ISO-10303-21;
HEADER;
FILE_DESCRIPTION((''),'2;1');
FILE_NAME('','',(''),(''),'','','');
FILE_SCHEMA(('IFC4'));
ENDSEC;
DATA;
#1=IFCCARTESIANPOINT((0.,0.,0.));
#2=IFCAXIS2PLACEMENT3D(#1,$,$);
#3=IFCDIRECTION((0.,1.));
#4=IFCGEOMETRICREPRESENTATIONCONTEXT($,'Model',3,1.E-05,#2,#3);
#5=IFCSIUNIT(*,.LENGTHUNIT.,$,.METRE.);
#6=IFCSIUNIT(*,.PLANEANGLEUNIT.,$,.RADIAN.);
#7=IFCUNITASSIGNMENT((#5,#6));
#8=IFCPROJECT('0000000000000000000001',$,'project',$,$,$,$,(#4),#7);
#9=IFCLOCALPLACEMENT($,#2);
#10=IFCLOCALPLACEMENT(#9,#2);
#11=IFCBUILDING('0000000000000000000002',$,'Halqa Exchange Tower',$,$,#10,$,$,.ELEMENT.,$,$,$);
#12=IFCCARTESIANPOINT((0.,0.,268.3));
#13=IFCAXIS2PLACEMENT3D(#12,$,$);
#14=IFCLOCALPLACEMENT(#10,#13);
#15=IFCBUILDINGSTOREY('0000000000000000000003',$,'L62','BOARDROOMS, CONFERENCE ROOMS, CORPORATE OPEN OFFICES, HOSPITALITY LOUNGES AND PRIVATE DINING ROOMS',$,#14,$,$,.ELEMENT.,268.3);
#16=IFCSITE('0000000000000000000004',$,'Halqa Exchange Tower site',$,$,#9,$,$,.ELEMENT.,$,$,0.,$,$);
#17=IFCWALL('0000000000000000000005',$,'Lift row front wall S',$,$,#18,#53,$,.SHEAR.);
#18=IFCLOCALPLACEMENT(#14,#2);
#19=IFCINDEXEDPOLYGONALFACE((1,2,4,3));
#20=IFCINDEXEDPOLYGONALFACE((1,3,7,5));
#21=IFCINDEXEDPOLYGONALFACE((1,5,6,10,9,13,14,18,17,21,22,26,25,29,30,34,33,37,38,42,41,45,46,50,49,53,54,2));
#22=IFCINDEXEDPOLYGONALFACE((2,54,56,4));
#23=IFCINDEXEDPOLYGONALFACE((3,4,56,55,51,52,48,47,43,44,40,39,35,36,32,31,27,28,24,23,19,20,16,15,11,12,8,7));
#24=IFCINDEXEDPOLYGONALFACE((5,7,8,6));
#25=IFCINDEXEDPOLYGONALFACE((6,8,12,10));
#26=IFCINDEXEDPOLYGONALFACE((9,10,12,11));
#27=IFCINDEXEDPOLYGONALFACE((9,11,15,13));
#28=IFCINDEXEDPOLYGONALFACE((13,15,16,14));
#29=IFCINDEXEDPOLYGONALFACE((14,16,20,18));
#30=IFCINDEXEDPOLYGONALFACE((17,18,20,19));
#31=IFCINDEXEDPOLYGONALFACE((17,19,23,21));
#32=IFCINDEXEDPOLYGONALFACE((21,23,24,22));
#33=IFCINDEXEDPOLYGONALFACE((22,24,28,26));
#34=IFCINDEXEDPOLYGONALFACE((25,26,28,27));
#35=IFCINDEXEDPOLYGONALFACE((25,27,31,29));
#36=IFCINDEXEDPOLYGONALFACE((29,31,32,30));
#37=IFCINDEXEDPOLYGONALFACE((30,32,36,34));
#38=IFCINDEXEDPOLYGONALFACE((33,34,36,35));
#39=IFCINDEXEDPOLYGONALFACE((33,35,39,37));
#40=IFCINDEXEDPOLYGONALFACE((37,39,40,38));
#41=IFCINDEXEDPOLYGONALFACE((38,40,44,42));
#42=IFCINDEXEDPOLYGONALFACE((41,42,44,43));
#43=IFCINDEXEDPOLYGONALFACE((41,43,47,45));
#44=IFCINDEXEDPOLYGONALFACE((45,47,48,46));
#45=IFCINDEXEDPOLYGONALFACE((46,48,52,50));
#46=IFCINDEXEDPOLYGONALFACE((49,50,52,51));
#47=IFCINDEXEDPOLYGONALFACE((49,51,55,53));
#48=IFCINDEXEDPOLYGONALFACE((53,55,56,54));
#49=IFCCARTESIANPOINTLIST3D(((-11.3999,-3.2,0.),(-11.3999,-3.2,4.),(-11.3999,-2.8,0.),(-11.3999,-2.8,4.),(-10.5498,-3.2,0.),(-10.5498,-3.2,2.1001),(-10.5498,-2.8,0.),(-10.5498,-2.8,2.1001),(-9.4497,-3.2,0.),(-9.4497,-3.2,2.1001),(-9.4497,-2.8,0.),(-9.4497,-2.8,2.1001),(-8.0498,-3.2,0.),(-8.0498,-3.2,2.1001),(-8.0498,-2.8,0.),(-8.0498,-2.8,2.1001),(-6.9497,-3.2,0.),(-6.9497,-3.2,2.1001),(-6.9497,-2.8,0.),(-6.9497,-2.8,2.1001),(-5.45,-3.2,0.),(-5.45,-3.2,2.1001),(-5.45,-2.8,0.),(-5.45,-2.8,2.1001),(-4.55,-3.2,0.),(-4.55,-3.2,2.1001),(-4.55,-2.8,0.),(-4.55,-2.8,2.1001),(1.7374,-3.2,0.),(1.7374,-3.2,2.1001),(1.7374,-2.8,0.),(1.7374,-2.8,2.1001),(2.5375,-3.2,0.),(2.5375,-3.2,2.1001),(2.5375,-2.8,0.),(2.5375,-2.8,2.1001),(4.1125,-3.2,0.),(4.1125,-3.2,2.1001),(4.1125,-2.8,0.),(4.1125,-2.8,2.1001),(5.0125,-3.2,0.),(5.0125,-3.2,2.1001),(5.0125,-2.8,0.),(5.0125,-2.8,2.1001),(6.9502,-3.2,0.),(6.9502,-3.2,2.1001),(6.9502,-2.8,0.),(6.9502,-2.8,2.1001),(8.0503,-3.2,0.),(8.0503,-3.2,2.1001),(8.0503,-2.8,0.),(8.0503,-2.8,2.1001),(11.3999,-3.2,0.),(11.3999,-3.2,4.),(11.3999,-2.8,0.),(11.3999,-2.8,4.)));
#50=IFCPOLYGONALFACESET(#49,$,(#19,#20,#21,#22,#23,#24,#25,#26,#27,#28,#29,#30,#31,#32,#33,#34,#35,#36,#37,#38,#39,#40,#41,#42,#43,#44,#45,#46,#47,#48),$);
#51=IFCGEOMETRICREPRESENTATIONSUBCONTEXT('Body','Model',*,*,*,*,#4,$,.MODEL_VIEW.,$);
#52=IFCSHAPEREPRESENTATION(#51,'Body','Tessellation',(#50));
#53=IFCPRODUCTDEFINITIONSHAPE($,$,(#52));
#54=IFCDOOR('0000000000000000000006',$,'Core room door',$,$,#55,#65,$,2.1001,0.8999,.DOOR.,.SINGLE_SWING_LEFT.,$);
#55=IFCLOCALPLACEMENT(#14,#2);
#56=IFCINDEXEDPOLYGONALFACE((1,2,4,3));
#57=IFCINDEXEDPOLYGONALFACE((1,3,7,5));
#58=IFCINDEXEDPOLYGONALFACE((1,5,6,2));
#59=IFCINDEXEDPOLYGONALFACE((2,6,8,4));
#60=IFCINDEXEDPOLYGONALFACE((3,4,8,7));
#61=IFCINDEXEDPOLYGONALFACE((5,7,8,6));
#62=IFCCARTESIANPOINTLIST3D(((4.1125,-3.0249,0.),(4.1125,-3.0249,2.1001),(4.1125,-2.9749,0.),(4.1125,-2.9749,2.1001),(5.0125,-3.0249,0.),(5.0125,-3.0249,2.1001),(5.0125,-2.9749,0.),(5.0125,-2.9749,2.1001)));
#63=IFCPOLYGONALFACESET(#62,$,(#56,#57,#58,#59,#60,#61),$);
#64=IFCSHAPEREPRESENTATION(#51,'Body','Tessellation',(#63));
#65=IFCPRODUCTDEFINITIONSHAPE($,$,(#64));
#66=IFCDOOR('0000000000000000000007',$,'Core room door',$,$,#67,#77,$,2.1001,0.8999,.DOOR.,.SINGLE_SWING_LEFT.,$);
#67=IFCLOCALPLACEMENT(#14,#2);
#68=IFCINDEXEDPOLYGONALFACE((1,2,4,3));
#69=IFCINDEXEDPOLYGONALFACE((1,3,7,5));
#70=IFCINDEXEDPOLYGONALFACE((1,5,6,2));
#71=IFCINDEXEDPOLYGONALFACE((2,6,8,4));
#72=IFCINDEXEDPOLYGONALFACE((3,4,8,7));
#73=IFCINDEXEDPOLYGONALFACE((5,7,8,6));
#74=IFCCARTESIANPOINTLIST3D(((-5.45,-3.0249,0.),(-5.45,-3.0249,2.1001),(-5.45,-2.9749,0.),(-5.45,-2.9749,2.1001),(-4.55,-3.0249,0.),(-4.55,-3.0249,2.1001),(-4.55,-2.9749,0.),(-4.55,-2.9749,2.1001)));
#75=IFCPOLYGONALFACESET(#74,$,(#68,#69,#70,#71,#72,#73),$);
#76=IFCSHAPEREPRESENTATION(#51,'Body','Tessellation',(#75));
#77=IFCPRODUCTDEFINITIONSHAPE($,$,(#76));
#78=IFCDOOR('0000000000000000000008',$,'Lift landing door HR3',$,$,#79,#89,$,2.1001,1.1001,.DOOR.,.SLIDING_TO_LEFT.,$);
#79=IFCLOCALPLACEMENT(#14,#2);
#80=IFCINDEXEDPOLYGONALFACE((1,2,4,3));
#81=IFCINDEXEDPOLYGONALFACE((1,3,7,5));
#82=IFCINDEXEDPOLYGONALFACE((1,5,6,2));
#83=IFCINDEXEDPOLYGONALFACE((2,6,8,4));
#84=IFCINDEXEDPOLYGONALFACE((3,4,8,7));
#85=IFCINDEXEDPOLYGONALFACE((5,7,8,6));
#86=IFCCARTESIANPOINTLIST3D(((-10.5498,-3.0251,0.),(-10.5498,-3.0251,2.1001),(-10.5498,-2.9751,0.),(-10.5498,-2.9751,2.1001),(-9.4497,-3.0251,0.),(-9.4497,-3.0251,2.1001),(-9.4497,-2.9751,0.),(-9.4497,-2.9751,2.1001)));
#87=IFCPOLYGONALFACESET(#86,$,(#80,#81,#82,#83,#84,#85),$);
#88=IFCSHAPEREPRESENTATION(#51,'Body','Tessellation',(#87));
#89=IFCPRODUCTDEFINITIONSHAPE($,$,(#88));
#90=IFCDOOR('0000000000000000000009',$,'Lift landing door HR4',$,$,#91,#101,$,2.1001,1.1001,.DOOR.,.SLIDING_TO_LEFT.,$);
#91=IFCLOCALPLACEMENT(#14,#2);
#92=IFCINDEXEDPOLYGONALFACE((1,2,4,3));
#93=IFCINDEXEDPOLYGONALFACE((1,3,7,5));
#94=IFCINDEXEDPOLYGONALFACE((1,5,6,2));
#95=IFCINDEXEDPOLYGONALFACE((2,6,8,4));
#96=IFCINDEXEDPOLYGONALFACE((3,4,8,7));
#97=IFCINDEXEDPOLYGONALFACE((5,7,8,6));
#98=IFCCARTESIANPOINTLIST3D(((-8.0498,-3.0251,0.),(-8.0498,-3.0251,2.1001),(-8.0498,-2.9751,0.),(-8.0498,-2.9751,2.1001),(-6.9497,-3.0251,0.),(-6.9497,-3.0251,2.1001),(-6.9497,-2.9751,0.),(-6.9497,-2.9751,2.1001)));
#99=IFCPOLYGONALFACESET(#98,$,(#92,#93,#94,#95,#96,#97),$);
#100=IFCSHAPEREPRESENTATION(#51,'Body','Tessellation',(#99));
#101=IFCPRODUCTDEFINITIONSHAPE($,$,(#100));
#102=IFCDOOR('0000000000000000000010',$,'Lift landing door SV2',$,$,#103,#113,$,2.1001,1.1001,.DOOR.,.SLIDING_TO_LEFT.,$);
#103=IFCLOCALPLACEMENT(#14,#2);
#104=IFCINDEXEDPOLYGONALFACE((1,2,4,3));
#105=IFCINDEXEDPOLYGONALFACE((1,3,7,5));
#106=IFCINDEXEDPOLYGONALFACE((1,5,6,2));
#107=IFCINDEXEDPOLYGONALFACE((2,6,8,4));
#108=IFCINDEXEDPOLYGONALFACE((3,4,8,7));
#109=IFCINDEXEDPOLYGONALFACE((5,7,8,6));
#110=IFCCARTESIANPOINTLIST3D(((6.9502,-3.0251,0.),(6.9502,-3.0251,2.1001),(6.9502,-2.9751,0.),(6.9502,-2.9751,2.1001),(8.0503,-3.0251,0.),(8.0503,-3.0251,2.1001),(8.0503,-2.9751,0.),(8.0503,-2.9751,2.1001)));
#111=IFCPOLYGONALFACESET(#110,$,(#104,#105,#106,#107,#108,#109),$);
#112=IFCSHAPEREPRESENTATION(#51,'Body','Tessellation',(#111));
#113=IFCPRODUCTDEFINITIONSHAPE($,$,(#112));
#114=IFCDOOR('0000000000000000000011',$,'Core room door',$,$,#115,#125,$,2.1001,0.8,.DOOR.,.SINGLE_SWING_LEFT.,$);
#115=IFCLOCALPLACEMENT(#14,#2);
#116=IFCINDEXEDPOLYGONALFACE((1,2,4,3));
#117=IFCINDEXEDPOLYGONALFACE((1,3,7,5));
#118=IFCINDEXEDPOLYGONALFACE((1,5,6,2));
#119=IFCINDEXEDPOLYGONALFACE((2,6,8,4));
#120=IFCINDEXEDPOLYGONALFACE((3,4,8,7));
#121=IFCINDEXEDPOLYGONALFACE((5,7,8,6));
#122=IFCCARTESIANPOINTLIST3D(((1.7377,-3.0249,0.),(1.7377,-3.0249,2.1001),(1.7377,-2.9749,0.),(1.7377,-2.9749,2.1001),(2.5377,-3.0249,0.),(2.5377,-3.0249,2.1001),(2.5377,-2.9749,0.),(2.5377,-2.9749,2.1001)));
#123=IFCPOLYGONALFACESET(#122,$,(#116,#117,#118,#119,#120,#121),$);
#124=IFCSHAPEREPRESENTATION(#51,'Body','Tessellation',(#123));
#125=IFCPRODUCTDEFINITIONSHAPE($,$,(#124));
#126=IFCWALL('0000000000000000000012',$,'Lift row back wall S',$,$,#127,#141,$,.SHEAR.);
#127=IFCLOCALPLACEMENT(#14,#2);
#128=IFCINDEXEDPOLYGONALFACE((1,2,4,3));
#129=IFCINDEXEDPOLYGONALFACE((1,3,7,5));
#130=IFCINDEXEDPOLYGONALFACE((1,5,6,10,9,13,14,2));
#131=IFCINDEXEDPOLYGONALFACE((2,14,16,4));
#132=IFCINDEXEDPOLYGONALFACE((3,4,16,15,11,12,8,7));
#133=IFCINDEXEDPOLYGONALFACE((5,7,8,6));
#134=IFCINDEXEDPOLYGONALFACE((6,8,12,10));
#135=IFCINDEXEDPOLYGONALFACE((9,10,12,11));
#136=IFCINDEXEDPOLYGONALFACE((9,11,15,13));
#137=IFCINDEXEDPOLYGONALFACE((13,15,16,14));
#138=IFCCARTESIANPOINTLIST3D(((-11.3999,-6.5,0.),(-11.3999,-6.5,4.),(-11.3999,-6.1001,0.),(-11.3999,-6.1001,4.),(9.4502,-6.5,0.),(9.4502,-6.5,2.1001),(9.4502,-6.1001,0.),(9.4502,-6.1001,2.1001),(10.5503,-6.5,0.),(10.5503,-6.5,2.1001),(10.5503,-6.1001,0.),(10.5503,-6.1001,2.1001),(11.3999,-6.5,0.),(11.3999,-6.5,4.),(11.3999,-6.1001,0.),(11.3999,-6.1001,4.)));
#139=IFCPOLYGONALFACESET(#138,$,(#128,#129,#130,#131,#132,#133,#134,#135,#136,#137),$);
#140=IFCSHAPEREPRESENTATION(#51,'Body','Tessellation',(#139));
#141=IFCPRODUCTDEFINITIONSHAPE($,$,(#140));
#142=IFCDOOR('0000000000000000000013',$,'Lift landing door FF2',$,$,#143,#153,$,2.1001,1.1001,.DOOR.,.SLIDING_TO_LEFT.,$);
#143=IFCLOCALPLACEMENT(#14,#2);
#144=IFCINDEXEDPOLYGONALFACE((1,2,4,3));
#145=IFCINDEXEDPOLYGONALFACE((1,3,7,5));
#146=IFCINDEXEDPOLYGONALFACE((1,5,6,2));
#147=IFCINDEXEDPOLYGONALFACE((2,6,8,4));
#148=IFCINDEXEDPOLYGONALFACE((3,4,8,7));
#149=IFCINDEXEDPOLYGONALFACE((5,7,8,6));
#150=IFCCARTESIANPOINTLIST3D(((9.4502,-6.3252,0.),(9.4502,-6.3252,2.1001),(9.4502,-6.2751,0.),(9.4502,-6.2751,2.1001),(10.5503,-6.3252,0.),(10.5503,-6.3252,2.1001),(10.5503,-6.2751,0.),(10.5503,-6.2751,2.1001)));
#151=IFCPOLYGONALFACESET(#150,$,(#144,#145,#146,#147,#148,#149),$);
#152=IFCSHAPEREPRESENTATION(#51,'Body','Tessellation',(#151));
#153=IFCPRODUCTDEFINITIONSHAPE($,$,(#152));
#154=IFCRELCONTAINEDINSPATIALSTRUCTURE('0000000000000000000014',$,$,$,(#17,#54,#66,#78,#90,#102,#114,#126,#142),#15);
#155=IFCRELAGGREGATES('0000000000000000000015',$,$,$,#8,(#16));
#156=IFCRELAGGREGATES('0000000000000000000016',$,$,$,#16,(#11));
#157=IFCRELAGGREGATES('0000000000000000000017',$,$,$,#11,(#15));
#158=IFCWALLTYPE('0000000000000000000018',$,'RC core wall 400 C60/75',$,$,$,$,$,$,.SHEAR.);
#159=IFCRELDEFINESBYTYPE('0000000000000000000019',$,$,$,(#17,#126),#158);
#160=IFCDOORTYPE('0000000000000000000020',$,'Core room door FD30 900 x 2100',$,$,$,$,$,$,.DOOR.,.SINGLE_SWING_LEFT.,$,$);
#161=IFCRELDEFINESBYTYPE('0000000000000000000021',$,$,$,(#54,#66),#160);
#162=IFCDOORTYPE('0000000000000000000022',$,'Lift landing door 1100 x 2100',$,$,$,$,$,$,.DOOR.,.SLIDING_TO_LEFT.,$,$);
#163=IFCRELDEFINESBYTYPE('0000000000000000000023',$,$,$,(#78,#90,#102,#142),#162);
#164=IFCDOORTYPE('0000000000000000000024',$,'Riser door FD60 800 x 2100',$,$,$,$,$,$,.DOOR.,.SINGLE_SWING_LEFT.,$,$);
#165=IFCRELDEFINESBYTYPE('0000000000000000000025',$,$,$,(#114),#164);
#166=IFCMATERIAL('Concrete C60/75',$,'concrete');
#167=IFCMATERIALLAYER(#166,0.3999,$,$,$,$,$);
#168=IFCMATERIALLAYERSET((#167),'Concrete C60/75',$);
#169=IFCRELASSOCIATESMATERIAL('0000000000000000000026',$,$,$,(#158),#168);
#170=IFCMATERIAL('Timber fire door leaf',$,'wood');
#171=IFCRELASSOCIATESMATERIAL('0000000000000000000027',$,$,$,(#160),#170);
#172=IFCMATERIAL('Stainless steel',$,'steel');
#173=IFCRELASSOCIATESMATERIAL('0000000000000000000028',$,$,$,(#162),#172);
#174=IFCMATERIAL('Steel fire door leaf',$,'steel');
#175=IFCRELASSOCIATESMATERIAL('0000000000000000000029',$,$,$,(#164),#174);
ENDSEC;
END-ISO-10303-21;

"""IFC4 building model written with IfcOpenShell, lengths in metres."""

from ifc_helpers import new_model, si_unit, direction, frame, frame_2d, origin, place, context, subcontext, project, spatial, rectangle, extrude, material, layer, layer_set, type_object, element, fill, save


model = new_model("IFC4")

# Units and contexts
model_context = context("Model", 3, precision=1e-05, world=origin(), true_north=direction((0.0, 1.0)))
body_context = subcontext(model_context, "Body", "Model", "MODEL_VIEW")
ifc_project = project(units=[si_unit("LENGTHUNIT", "METRE"), si_unit("PLANEANGLEUNIT", "RADIAN")], contexts=[model_context])

# Site, building, storey
site_placement = place(None, origin())
site = spatial("IfcSite", under=ifc_project, at=site_placement, Name="Halqa Exchange Tower site", CompositionType="ELEMENT", RefElevation=0.0)
building_placement = place(site_placement, origin())
building = spatial("IfcBuilding", under=site, at=building_placement, Name="Halqa Exchange Tower", CompositionType="ELEMENT")
storey_placement = place(building_placement, frame((0.0, 0.0, 268.3)))
storey = spatial("IfcBuildingStorey", under=building, at=storey_placement, Name="L62", Description="BOARDROOMS, CONFERENCE ROOMS, CORPORATE OPEN OFFICES, HOSPITALITY LOUNGES AND PRIVATE DINING ROOMS", CompositionType="ELEMENT", Elevation=268.3)

# Shared definitions
ifc_material_1 = material(Name="Concrete C60/75", Category="concrete")

# Wall, openings, doors
ifc_layer_1 = layer(ifc_material_1, 0.3999)
ifc_layer_set_1 = layer_set([ifc_layer_1], Name="Concrete C60/75")
wall_type_1 = type_object("IfcWallType", Name="RC core wall 400 C60/75", PredefinedType="SHEAR", material=ifc_layer_set_1)
wall_1_placement = place(storey_placement, frame((-11.3999, -3.0, 0.0), z_axis=(0.0, 0.0, 1.0), x_axis=(1.0, 0.0, 0.0)))
wall_1 = element("IfcWall", 1, at=wall_1_placement, inside=storey, type_object=wall_type_1, Name="Lift row front wall S", PredefinedType="SHEAR", context=body_context, shape_type="SweptSolid", body=[
    extrude(rectangle(XDim=22.7998, YDim=0.3999, at=frame_2d((11.3999, 0.0))), origin(), (0.0, 0.0, 1.0), 4.0),
])
opening_1_placement = place(wall_1_placement, frame((0.8501, 0.0, 0.0)))
opening_1 = element("IfcOpeningElement", 2, at=opening_1_placement, cuts=wall_1, PredefinedType="OPENING", context=body_context, shape_type="SweptSolid", body=[
    extrude(rectangle(XDim=1.1001, YDim=2.1001, at=frame_2d((0.55, 1.05))), frame((0.0, 0.2119, 0.0), z_axis=(0.0, -1.0, 0.0), x_axis=(1.0, 0.0, 0.0)), (0.0, 0.0, 1.0), 0.4238),
])
opening_2_placement = place(wall_1_placement, frame((3.3501, 0.0, 0.0)))
opening_2 = element("IfcOpeningElement", 3, at=opening_2_placement, cuts=wall_1, PredefinedType="OPENING", context=body_context, shape_type="SweptSolid", body=[
    extrude(rectangle(XDim=1.1001, YDim=2.1001, at=frame_2d((0.55, 1.05))), frame((0.0, 0.2119, 0.0), z_axis=(0.0, -1.0, 0.0), x_axis=(1.0, 0.0, 0.0)), (0.0, 0.0, 1.0), 0.4238),
])
opening_3_placement = place(wall_1_placement, frame((18.3501, 0.0, 0.0)))
opening_3 = element("IfcOpeningElement", 4, at=opening_3_placement, cuts=wall_1, PredefinedType="OPENING", context=body_context, shape_type="SweptSolid", body=[
    extrude(rectangle(XDim=1.1001, YDim=2.1001, at=frame_2d((0.55, 1.05))), frame((0.0, 0.2119, 0.0), z_axis=(0.0, -1.0, 0.0), x_axis=(1.0, 0.0, 0.0)), (0.0, 0.0, 1.0), 0.4238),
])
opening_4_placement = place(wall_1_placement, frame((13.1375, 0.0, 0.0)))
opening_4 = element("IfcOpeningElement", 5, at=opening_4_placement, cuts=wall_1, PredefinedType="OPENING", context=body_context, shape_type="SweptSolid", body=[
    extrude(rectangle(XDim=0.8, YDim=2.1001, at=frame_2d((0.3999, 1.05))), frame((0.0, 0.2119, 0.0), z_axis=(0.0, -1.0, 0.0), x_axis=(1.0, 0.0, 0.0)), (0.0, 0.0, 1.0), 0.4238),
])
opening_5_placement = place(wall_1_placement, frame((15.5125, 0.0, 0.0)))
opening_5 = element("IfcOpeningElement", 6, at=opening_5_placement, cuts=wall_1, PredefinedType="OPENING", context=body_context, shape_type="SweptSolid", body=[
    extrude(rectangle(XDim=0.8999, YDim=2.1001, at=frame_2d((0.45, 1.05))), frame((0.0, 0.2119, 0.0), z_axis=(0.0, -1.0, 0.0), x_axis=(1.0, 0.0, 0.0)), (0.0, 0.0, 1.0), 0.4238),
])
opening_6_placement = place(wall_1_placement, frame((5.95, 0.0, 0.0)))
opening_6 = element("IfcOpeningElement", 7, at=opening_6_placement, cuts=wall_1, PredefinedType="OPENING", context=body_context, shape_type="SweptSolid", body=[
    extrude(rectangle(XDim=0.8999, YDim=2.1001, at=frame_2d((0.45, 1.05))), frame((0.0, 0.2119, 0.0), z_axis=(0.0, -1.0, 0.0), x_axis=(1.0, 0.0, 0.0)), (0.0, 0.0, 1.0), 0.4238),
])
ifc_material_2 = material(Name="Timber fire door leaf", Category="wood")
door_type_1 = type_object("IfcDoorType", Name="Core room door FD30 900 x 2100", OperationType="SINGLE_SWING_LEFT", PredefinedType="DOOR", material=ifc_material_2)
door_1_placement = place(opening_5_placement, frame((0.8999, 0.0, 0.0), z_axis=(0.0, 0.0, 1.0), x_axis=(-1.0, 0.0, 0.0)))
door_1 = element("IfcDoor", 8, at=door_1_placement, inside=storey, type_object=door_type_1, Name="Core room door", OperationType="SINGLE_SWING_LEFT", OverallHeight=2.1001, OverallWidth=0.8999, PredefinedType="DOOR", context=body_context, shape_type="SweptSolid", body=[
    extrude(rectangle(XDim=0.8999, YDim=2.1001, at=frame_2d((0.45, 1.05))), frame((0.0, 0.0249, 0.0), z_axis=(0.0, -1.0, 0.0), x_axis=(1.0, 0.0, 0.0)), (0.0, 0.0, 1.0), 0.05),
])
fill(opening_5, door_1)
door_2_placement = place(opening_6_placement, frame((0.8999, 0.0, 0.0), z_axis=(0.0, 0.0, 1.0), x_axis=(-1.0, 0.0, 0.0)))
door_2 = element("IfcDoor", 9, at=door_2_placement, inside=storey, type_object=door_type_1, Name="Core room door", OperationType="SINGLE_SWING_LEFT", OverallHeight=2.1001, OverallWidth=0.8999, PredefinedType="DOOR", context=body_context, shape_type="SweptSolid", body=[
    extrude(rectangle(XDim=0.8999, YDim=2.1001, at=frame_2d((0.45, 1.05))), frame((0.0, 0.0249, 0.0), z_axis=(0.0, -1.0, 0.0), x_axis=(1.0, 0.0, 0.0)), (0.0, 0.0, 1.0), 0.05),
])
fill(opening_6, door_2)
ifc_material_3 = material(Name="Stainless steel", Category="steel")
door_type_2 = type_object("IfcDoorType", Name="Lift landing door 1100 x 2100", OperationType="SLIDING_TO_LEFT", PredefinedType="DOOR", material=ifc_material_3)
door_3_placement = place(opening_1_placement, origin())
door_3 = element("IfcDoor", 10, at=door_3_placement, inside=storey, type_object=door_type_2, Name="Lift landing door HR3", OperationType="SLIDING_TO_LEFT", OverallHeight=2.1001, OverallWidth=1.1001, PredefinedType="DOOR", context=body_context, shape_type="SweptSolid", body=[
    extrude(rectangle(XDim=1.1001, YDim=2.1001, at=frame_2d((0.55, 1.05))), frame((0.0, 0.0249, 0.0), z_axis=(0.0, -1.0, 0.0), x_axis=(1.0, 0.0, 0.0)), (0.0, 0.0, 1.0), 0.05),
])
fill(opening_1, door_3)
door_4_placement = place(opening_2_placement, origin())
door_4 = element("IfcDoor", 11, at=door_4_placement, inside=storey, type_object=door_type_2, Name="Lift landing door HR4", OperationType="SLIDING_TO_LEFT", OverallHeight=2.1001, OverallWidth=1.1001, PredefinedType="DOOR", context=body_context, shape_type="SweptSolid", body=[
    extrude(rectangle(XDim=1.1001, YDim=2.1001, at=frame_2d((0.55, 1.05))), frame((0.0, 0.0249, 0.0), z_axis=(0.0, -1.0, 0.0), x_axis=(1.0, 0.0, 0.0)), (0.0, 0.0, 1.0), 0.05),
])
fill(opening_2, door_4)
door_5_placement = place(opening_3_placement, origin())
door_5 = element("IfcDoor", 12, at=door_5_placement, inside=storey, type_object=door_type_2, Name="Lift landing door SV2", OperationType="SLIDING_TO_LEFT", OverallHeight=2.1001, OverallWidth=1.1001, PredefinedType="DOOR", context=body_context, shape_type="SweptSolid", body=[
    extrude(rectangle(XDim=1.1001, YDim=2.1001, at=frame_2d((0.55, 1.05))), frame((0.0, 0.0249, 0.0), z_axis=(0.0, -1.0, 0.0), x_axis=(1.0, 0.0, 0.0)), (0.0, 0.0, 1.0), 0.05),
])
fill(opening_3, door_5)
ifc_material_4 = material(Name="Steel fire door leaf", Category="steel")
door_type_3 = type_object("IfcDoorType", Name="Riser door FD60 800 x 2100", OperationType="SINGLE_SWING_LEFT", PredefinedType="DOOR", material=ifc_material_4)
door_6_placement = place(opening_4_placement, frame((0.8, 0.0, 0.0), z_axis=(0.0, 0.0, 1.0), x_axis=(-1.0, 0.0, 0.0)))
door_6 = element("IfcDoor", 13, at=door_6_placement, inside=storey, type_object=door_type_3, Name="Core room door", OperationType="SINGLE_SWING_LEFT", OverallHeight=2.1001, OverallWidth=0.8, PredefinedType="DOOR", context=body_context, shape_type="SweptSolid", body=[
    extrude(rectangle(XDim=0.8, YDim=2.1001, at=frame_2d((0.3999, 1.05))), frame((0.0, 0.0249, 0.0), z_axis=(0.0, -1.0, 0.0), x_axis=(1.0, 0.0, 0.0)), (0.0, 0.0, 1.0), 0.05),
])
fill(opening_4, door_6)

# Wall, opening, door
wall_2_placement = place(storey_placement, frame((-11.3999, -6.3, 0.0), z_axis=(0.0, 0.0, 1.0), x_axis=(1.0, 0.0, 0.0)))
wall_2 = element("IfcWall", 14, at=wall_2_placement, inside=storey, type_object=wall_type_1, Name="Lift row back wall S", PredefinedType="SHEAR", context=body_context, shape_type="SweptSolid", body=[
    extrude(rectangle(XDim=22.7998, YDim=0.3999, at=frame_2d((11.3999, 0.0))), origin(), (0.0, 0.0, 1.0), 4.0),
])
opening_7_placement = place(wall_2_placement, frame((20.8501, 0.0, 0.0)))
opening_7 = element("IfcOpeningElement", 15, at=opening_7_placement, cuts=wall_2, PredefinedType="OPENING", context=body_context, shape_type="SweptSolid", body=[
    extrude(rectangle(XDim=1.1001, YDim=2.1001, at=frame_2d((0.55, 1.05))), frame((0.0, 0.2119, 0.0), z_axis=(0.0, -1.0, 0.0), x_axis=(1.0, 0.0, 0.0)), (0.0, 0.0, 1.0), 0.4238),
])
door_7_placement = place(opening_7_placement, origin())
door_7 = element("IfcDoor", 16, at=door_7_placement, inside=storey, type_object=door_type_2, Name="Lift landing door FF2", OperationType="SLIDING_TO_LEFT", OverallHeight=2.1001, OverallWidth=1.1001, PredefinedType="DOOR", context=body_context, shape_type="SweptSolid", body=[
    extrude(rectangle(XDim=1.1001, YDim=2.1001, at=frame_2d((0.55, 1.05))), frame((0.0, 0.0249, 0.0), z_axis=(0.0, -1.0, 0.0), x_axis=(1.0, 0.0, 0.0)), (0.0, 0.0, 1.0), 0.05),
])
fill(opening_7, door_7)

save(model, "model.ifc")
